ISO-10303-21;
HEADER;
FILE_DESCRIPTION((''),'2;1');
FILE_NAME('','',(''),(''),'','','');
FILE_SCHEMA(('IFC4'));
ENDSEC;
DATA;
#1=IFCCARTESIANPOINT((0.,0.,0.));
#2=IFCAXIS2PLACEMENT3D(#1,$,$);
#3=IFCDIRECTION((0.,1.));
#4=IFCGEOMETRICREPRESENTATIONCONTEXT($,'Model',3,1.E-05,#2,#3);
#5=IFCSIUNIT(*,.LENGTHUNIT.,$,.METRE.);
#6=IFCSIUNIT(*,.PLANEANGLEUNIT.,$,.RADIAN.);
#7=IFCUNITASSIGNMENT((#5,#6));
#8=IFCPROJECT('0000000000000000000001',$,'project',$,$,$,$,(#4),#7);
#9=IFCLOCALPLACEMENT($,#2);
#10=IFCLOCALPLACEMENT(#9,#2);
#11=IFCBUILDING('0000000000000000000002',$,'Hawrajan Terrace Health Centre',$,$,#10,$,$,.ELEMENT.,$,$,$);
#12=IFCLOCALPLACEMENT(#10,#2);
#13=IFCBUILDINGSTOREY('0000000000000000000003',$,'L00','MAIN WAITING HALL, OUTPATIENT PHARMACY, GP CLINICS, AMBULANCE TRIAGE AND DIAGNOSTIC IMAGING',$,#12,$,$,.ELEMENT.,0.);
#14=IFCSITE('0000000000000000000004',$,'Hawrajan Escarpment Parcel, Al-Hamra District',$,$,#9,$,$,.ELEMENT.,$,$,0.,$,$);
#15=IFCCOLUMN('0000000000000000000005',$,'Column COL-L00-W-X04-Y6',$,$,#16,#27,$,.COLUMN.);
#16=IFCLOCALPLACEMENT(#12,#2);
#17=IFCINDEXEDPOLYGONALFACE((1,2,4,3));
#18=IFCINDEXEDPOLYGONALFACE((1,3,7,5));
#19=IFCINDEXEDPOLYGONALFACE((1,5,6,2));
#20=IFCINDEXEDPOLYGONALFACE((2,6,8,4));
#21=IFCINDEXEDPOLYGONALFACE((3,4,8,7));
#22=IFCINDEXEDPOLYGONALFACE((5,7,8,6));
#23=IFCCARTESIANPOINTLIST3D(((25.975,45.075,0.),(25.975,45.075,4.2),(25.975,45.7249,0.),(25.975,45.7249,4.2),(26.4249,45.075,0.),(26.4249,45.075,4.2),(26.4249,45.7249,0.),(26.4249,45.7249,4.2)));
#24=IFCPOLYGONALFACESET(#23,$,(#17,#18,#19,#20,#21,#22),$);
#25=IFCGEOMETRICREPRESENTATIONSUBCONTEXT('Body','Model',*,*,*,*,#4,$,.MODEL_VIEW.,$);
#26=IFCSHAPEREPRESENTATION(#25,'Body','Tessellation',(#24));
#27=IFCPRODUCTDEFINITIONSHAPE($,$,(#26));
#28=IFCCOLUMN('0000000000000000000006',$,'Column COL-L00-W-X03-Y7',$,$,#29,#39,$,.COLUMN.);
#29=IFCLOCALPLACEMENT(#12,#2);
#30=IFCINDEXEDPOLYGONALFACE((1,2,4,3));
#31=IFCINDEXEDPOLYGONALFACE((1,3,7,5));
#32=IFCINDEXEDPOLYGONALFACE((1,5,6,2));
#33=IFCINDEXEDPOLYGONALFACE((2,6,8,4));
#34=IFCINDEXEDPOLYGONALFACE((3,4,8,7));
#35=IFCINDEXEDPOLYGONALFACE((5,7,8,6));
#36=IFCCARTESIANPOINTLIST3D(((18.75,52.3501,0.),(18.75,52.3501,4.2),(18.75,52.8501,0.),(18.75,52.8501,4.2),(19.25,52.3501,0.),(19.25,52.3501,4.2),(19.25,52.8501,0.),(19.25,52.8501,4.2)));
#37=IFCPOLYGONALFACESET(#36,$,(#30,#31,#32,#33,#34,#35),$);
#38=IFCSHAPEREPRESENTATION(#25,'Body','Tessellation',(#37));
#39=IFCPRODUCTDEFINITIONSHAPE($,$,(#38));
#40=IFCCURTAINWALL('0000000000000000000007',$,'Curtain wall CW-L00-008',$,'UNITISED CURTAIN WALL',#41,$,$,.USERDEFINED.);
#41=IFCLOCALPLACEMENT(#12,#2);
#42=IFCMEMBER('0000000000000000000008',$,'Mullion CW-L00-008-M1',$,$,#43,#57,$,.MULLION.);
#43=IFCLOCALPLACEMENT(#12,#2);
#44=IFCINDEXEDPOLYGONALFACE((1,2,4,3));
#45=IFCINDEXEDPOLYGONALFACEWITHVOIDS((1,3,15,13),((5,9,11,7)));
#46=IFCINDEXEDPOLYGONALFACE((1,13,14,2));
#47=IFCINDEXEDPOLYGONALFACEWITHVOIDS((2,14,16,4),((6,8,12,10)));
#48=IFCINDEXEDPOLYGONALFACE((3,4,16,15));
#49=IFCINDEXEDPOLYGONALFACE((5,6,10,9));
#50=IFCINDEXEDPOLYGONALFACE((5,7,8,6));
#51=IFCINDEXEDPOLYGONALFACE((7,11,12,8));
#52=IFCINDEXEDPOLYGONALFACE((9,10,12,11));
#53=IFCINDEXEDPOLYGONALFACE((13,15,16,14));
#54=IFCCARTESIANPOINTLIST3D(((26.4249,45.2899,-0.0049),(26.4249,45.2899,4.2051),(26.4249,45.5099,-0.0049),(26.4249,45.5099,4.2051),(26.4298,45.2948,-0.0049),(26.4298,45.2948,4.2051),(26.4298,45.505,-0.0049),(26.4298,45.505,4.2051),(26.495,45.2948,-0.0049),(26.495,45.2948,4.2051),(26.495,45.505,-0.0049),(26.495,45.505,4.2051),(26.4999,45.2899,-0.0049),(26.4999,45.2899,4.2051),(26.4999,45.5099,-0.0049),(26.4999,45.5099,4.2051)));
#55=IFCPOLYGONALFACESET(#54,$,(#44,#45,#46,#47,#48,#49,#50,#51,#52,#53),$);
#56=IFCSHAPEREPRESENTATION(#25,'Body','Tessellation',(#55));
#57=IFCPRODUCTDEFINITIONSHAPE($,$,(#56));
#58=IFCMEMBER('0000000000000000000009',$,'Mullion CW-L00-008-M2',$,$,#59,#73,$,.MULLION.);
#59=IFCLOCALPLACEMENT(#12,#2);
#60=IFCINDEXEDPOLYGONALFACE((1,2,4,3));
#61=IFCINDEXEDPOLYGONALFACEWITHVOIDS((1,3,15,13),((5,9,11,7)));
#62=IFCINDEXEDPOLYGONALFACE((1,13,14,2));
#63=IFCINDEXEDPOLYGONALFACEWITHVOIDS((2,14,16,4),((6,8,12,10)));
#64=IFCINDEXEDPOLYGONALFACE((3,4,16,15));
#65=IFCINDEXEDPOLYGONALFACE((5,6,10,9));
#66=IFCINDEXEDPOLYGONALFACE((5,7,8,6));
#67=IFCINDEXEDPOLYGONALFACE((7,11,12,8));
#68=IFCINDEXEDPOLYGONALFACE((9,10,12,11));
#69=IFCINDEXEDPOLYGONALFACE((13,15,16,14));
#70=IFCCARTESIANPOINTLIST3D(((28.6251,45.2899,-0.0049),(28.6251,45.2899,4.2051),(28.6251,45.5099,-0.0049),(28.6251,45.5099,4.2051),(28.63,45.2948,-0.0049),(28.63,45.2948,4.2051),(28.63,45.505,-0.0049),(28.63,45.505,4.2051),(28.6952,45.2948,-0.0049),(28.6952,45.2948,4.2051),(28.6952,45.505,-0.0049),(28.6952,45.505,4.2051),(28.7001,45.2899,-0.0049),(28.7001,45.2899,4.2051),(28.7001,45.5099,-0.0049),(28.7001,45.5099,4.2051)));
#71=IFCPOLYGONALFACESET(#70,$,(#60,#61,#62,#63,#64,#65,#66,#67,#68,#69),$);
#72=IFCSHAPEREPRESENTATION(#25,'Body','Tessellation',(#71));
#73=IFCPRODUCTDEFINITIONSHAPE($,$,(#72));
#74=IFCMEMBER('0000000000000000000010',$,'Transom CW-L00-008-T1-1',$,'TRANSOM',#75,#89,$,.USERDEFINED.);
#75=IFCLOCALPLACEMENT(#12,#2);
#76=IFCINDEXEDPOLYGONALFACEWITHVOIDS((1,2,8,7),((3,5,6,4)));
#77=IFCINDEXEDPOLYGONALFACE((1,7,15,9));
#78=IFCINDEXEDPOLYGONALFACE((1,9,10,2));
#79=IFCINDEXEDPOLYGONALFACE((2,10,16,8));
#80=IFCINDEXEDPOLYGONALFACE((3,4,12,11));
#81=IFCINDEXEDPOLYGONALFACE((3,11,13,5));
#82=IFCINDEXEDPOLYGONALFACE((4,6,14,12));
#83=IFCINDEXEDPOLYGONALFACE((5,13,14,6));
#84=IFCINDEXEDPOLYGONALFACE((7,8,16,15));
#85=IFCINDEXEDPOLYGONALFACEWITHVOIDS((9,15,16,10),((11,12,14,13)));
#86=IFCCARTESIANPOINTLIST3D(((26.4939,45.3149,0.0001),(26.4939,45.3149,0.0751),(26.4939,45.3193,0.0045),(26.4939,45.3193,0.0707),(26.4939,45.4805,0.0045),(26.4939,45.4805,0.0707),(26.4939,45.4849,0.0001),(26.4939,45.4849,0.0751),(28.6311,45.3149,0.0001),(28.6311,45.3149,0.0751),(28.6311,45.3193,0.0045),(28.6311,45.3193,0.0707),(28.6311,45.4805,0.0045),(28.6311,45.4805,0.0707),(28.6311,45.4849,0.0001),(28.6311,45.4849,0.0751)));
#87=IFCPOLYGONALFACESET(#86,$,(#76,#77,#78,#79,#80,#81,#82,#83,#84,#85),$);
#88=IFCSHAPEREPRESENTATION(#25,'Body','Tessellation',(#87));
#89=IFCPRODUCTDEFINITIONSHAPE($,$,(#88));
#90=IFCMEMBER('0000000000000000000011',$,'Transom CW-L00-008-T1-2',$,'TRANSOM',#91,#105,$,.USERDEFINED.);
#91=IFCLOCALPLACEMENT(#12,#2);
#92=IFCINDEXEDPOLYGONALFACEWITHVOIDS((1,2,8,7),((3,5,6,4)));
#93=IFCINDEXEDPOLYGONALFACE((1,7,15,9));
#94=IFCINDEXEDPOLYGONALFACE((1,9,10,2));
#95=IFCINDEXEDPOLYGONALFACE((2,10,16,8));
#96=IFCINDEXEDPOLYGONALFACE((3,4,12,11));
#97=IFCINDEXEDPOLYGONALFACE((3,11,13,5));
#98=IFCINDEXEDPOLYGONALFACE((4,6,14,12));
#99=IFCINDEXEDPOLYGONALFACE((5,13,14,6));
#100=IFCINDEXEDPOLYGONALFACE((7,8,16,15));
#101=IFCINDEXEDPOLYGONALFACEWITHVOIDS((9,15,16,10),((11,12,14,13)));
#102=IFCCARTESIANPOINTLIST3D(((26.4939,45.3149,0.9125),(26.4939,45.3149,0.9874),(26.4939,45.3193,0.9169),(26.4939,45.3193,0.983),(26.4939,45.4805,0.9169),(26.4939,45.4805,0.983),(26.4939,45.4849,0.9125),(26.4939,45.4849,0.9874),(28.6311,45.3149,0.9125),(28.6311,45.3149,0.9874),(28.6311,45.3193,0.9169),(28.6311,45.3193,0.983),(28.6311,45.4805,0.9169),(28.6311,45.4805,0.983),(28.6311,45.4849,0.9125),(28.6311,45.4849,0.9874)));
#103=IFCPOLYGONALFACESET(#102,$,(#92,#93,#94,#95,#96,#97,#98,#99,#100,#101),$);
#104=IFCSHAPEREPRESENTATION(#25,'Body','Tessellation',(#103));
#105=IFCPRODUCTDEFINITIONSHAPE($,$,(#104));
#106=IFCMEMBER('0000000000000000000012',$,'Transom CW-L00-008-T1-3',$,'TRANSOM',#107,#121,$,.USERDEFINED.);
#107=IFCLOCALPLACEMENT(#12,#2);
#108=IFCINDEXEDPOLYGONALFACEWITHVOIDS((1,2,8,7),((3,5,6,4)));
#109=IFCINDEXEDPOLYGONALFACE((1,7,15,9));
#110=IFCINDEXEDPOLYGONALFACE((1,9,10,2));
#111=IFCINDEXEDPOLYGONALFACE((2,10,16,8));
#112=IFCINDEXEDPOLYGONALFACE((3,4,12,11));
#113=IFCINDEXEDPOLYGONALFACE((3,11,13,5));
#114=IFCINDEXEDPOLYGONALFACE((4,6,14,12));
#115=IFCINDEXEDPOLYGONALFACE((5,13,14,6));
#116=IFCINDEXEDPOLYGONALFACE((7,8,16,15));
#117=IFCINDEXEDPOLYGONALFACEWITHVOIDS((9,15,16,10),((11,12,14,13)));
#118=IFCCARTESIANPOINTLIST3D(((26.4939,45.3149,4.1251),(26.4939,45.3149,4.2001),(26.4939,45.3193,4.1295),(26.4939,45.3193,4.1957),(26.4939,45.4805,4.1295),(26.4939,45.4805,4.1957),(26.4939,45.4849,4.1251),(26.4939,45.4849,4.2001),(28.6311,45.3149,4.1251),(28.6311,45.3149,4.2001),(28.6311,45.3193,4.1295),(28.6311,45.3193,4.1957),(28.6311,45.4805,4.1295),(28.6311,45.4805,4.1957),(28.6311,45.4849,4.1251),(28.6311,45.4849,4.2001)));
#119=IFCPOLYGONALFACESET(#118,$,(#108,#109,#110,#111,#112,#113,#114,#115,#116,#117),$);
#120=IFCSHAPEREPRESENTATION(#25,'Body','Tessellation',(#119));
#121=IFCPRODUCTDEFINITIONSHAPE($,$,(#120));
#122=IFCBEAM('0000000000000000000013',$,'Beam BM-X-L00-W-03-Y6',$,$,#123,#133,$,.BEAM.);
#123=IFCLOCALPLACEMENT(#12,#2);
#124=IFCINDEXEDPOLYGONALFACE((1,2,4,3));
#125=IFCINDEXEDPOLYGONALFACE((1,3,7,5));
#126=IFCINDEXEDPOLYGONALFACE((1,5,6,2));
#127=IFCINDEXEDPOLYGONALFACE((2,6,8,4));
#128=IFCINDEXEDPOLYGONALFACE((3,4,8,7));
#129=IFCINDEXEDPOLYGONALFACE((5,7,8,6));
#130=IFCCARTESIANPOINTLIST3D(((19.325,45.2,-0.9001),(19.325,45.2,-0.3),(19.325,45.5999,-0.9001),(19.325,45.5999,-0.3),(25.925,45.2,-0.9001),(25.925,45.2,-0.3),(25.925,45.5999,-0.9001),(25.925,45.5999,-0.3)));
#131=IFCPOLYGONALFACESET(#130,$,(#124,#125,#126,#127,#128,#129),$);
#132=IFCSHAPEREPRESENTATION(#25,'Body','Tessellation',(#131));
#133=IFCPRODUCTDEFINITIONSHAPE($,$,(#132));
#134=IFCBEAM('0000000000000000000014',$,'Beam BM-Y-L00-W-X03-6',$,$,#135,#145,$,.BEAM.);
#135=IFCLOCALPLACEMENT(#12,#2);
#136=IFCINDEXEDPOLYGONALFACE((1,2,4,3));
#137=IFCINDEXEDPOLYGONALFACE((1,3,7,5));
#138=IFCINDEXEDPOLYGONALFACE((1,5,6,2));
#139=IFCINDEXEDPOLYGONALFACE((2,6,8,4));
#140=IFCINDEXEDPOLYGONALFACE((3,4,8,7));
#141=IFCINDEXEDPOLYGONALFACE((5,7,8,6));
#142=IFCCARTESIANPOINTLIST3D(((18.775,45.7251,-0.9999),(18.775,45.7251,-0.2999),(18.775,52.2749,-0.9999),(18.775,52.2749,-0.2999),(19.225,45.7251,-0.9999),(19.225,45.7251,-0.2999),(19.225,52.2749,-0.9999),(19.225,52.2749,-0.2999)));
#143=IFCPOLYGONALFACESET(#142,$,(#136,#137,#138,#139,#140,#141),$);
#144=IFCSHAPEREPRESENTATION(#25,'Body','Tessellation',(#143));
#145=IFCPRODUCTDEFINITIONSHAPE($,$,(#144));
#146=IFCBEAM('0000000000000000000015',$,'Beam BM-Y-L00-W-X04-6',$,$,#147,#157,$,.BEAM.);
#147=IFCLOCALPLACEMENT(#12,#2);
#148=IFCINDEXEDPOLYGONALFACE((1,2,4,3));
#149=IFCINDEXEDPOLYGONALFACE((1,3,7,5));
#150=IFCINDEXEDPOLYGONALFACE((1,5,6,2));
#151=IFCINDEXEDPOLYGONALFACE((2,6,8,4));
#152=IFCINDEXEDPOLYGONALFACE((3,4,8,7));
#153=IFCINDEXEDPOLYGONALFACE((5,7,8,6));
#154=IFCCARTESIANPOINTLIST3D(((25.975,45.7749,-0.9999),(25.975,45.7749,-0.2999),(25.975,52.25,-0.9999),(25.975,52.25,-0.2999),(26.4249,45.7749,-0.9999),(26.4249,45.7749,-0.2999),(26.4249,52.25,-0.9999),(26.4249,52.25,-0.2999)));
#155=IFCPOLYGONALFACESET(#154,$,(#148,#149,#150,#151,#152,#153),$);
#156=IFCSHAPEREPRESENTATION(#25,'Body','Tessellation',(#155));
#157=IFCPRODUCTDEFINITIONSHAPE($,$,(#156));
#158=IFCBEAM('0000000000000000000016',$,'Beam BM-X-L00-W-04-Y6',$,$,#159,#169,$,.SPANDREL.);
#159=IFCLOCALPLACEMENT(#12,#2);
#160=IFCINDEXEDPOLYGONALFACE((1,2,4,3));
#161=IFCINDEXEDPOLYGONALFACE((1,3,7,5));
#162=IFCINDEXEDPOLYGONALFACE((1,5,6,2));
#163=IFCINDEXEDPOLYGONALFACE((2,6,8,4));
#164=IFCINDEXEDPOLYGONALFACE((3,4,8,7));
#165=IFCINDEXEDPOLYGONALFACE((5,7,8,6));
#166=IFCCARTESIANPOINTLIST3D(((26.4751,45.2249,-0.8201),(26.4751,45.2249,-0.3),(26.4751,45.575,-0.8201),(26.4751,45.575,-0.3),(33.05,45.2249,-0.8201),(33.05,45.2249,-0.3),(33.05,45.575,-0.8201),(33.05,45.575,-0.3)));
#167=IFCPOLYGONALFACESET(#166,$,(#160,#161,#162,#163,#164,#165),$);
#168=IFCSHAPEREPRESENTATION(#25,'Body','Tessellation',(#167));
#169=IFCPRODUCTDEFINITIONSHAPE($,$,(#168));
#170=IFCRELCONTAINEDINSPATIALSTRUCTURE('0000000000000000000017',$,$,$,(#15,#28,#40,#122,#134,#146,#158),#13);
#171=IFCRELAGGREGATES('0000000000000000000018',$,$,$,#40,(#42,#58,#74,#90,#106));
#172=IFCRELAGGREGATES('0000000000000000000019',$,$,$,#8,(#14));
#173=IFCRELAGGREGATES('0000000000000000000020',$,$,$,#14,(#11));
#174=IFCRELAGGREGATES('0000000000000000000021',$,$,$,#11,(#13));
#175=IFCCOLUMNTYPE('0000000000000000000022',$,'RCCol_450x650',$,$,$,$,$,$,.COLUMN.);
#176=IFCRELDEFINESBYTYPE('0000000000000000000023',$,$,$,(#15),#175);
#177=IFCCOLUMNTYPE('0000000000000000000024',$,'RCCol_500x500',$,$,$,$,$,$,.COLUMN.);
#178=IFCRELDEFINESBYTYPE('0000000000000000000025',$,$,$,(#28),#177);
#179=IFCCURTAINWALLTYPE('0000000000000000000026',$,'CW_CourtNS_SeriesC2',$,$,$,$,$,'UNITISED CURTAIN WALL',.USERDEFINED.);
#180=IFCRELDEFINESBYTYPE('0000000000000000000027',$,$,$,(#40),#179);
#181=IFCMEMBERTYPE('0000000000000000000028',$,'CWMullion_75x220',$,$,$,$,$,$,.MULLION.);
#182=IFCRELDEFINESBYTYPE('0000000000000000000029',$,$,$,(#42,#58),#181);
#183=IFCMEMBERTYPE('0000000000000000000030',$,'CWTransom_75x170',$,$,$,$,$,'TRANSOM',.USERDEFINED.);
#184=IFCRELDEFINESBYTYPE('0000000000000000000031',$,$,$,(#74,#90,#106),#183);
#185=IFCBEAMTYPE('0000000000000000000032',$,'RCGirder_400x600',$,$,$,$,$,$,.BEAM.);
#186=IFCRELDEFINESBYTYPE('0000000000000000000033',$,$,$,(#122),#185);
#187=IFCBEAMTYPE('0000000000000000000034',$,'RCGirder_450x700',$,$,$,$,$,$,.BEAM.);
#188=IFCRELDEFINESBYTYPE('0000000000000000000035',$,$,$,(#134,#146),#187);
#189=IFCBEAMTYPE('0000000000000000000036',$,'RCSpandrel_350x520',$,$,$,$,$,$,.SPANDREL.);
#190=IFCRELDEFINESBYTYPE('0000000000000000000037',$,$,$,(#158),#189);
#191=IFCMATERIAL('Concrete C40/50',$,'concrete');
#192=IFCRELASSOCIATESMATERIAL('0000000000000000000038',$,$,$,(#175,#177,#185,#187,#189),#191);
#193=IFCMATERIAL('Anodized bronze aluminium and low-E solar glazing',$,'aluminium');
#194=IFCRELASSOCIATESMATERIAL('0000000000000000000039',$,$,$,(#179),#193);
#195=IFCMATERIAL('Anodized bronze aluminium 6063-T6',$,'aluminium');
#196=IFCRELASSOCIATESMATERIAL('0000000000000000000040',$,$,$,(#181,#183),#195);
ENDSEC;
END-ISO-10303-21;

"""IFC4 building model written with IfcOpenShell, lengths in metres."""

from ifc_helpers import new_model, si_unit, direction, frame, origin, origin_2d, place, context, subcontext, project, spatial, rectangle, hollow_rectangle, extrude, material, material_profile, profile_set, type_object, element, aggregate, save


model = new_model("IFC4")

# Units and contexts
model_context = context("Model", 3, precision=1e-05, world=origin(), true_north=direction((0.0, 1.0)))
body_context = subcontext(model_context, "Body", "Model", "MODEL_VIEW")
ifc_project = project(units=[si_unit("LENGTHUNIT", "METRE"), si_unit("PLANEANGLEUNIT", "RADIAN")], contexts=[model_context])

# Site, building, storey
site_placement = place(None, origin())
site = spatial("IfcSite", under=ifc_project, at=site_placement, Name="Hawrajan Escarpment Parcel, Al-Hamra District", CompositionType="ELEMENT", RefElevation=0.0)
building_placement = place(site_placement, origin())
building = spatial("IfcBuilding", under=site, at=building_placement, Name="Hawrajan Terrace Health Centre", CompositionType="ELEMENT")
storey_placement = place(building_placement, origin())
storey = spatial("IfcBuildingStorey", under=building, at=storey_placement, Name="L00", Description="MAIN WAITING HALL, OUTPATIENT PHARMACY, GP CLINICS, AMBULANCE TRIAGE AND DIAGNOSTIC IMAGING", CompositionType="ELEMENT", Elevation=0.0)

# Columns
ifc_material_1 = material(Name="Concrete C40/50", Category="concrete")
ifc_material_profile_1 = material_profile(ifc_material_1, rectangle(XDim=0.45, YDim=0.6499, at=origin_2d()), Name="RC 450x650")
ifc_profile_set_1 = profile_set([ifc_material_profile_1], Name="Concrete C40/50")
column_type_1 = type_object("IfcColumnType", Name="RCCol_450x650", PredefinedType="COLUMN", material=ifc_profile_set_1)
column_1_placement = place(storey_placement, frame((26.2, 45.3999, 0.0), z_axis=(0.0, 0.0, 1.0), x_axis=(1.0, 0.0, 0.0)))
element("IfcColumn", 1, at=column_1_placement, inside=storey, type_object=column_type_1, Name="Column COL-L00-W-X04-Y6", PredefinedType="COLUMN", context=body_context, shape_type="SweptSolid", body=[
    extrude(rectangle(XDim=0.45, YDim=0.6499, at=origin_2d()), origin(), (0.0, 0.0, 1.0), 4.2),
])
ifc_material_profile_2 = material_profile(ifc_material_1, rectangle(XDim=0.5, YDim=0.5, at=origin_2d()), Name="RC 500x500")
ifc_profile_set_2 = profile_set([ifc_material_profile_2], Name="Concrete C40/50")
column_type_2 = type_object("IfcColumnType", Name="RCCol_500x500", PredefinedType="COLUMN", material=ifc_profile_set_2)
column_2_placement = place(storey_placement, frame((19.0, 52.6001, 0.0), z_axis=(0.0, 0.0, 1.0), x_axis=(1.0, 0.0, 0.0)))
element("IfcColumn", 2, at=column_2_placement, inside=storey, type_object=column_type_2, Name="Column COL-L00-W-X03-Y7", PredefinedType="COLUMN", context=body_context, shape_type="SweptSolid", body=[
    extrude(rectangle(XDim=0.5, YDim=0.5, at=origin_2d()), origin(), (0.0, 0.0, 1.0), 4.2),
])

# Curtain wall, members
ifc_material_2 = material(Name="Anodized bronze aluminium and low-E solar glazing", Category="aluminium")
curtain_wall_type = type_object("IfcCurtainWallType", Name="CW_CourtNS_SeriesC2", ElementType="UNITISED CURTAIN WALL", PredefinedType="USERDEFINED", material=ifc_material_2)
curtain_wall_placement = place(storey_placement, origin())
curtain_wall = element("IfcCurtainWall", 3, at=curtain_wall_placement, inside=storey, type_object=curtain_wall_type, Name="Curtain wall CW-L00-008", ObjectType="UNITISED CURTAIN WALL", PredefinedType="USERDEFINED")
ifc_material_3 = material(Name="Anodized bronze aluminium 6063-T6", Category="aluminium")
ifc_material_profile_3 = material_profile(ifc_material_3, hollow_rectangle(XDim=0.075, YDim=0.22, WallThickness=0.0049, at=origin_2d()), Name="CW MUL 75x220")
ifc_profile_set_3 = profile_set([ifc_material_profile_3], Name="Anodized bronze aluminium 6063-T6")
member_type_1 = type_object("IfcMemberType", Name="CWMullion_75x220", PredefinedType="MULLION", material=ifc_profile_set_3)
member_1_placement = place(storey_placement, frame((26.4624, 45.3999, -0.0049), z_axis=(0.0, 0.0, 1.0), x_axis=(1.0, 0.0, 0.0)))
member_1 = element("IfcMember", 4, at=member_1_placement, type_object=member_type_1, Name="Mullion CW-L00-008-M1", PredefinedType="MULLION", context=body_context, shape_type="SweptSolid", body=[
    extrude(hollow_rectangle(XDim=0.075, YDim=0.22, WallThickness=0.0049, at=origin_2d()), origin(), (0.0, 0.0, 1.0), 4.21),
])
member_2_placement = place(storey_placement, frame((28.6626, 45.3999, -0.0049), z_axis=(0.0, 0.0, 1.0), x_axis=(1.0, 0.0, 0.0)))
member_2 = element("IfcMember", 5, at=member_2_placement, type_object=member_type_1, Name="Mullion CW-L00-008-M2", PredefinedType="MULLION", context=body_context, shape_type="SweptSolid", body=[
    extrude(hollow_rectangle(XDim=0.075, YDim=0.22, WallThickness=0.0049, at=origin_2d()), origin(), (0.0, 0.0, 1.0), 4.21),
])
ifc_material_profile_4 = material_profile(ifc_material_3, hollow_rectangle(XDim=0.075, YDim=0.1699, WallThickness=0.0044, at=origin_2d()), Name="CW TRN 75x170")
ifc_profile_set_4 = profile_set([ifc_material_profile_4], Name="Anodized bronze aluminium 6063-T6")
member_type_2 = type_object("IfcMemberType", Name="CWTransom_75x170", ElementType="TRANSOM", PredefinedType="USERDEFINED", material=ifc_profile_set_4)
member_3_placement = place(storey_placement, frame((26.4939, 45.3999, 0.0376), z_axis=(1.0, 0.0, 0.0), x_axis=(0.0, 0.0, 1.0)))
member_3 = element("IfcMember", 6, at=member_3_placement, type_object=member_type_2, Name="Transom CW-L00-008-T1-1", ObjectType="TRANSOM", PredefinedType="USERDEFINED", context=body_context, shape_type="SweptSolid", body=[
    extrude(hollow_rectangle(XDim=0.075, YDim=0.1699, WallThickness=0.0044, at=origin_2d()), origin(), (0.0, 0.0, 1.0), 2.1372),
])
member_4_placement = place(storey_placement, frame((26.4939, 45.3999, 0.95), z_axis=(1.0, 0.0, 0.0), x_axis=(0.0, 0.0, 1.0)))
member_4 = element("IfcMember", 7, at=member_4_placement, type_object=member_type_2, Name="Transom CW-L00-008-T1-2", ObjectType="TRANSOM", PredefinedType="USERDEFINED", context=body_context, shape_type="SweptSolid", body=[
    extrude(hollow_rectangle(XDim=0.075, YDim=0.1699, WallThickness=0.0044, at=origin_2d()), origin(), (0.0, 0.0, 1.0), 2.1372),
])
member_5_placement = place(storey_placement, frame((26.4939, 45.3999, 4.1626), z_axis=(1.0, 0.0, 0.0), x_axis=(0.0, 0.0, 1.0)))
member_5 = element("IfcMember", 8, at=member_5_placement, type_object=member_type_2, Name="Transom CW-L00-008-T1-3", ObjectType="TRANSOM", PredefinedType="USERDEFINED", context=body_context, shape_type="SweptSolid", body=[
    extrude(hollow_rectangle(XDim=0.075, YDim=0.1699, WallThickness=0.0044, at=origin_2d()), origin(), (0.0, 0.0, 1.0), 2.1372),
])

# Beams
ifc_material_profile_5 = material_profile(ifc_material_1, rectangle(XDim=0.3999, YDim=0.6001, at=origin_2d()), Name="RC BM 400x600")
ifc_profile_set_5 = profile_set([ifc_material_profile_5], Name="Concrete C40/50")
beam_type_1 = type_object("IfcBeamType", Name="RCGirder_400x600", PredefinedType="BEAM", material=ifc_profile_set_5)
beam_1_placement = place(storey_placement, frame((19.325, 45.3999, -0.6001), z_axis=(1.0, 0.0, 0.0), x_axis=(0.0, 1.0, 0.0)))
element("IfcBeam", 9, at=beam_1_placement, inside=storey, type_object=beam_type_1, Name="Beam BM-X-L00-W-03-Y6", PredefinedType="BEAM", context=body_context, shape_type="SweptSolid", body=[
    extrude(rectangle(XDim=0.3999, YDim=0.6001, at=origin_2d()), origin(), (0.0, 0.0, 1.0), 6.6001),
])
ifc_material_profile_6 = material_profile(ifc_material_1, rectangle(XDim=0.45, YDim=0.7, at=origin_2d()), Name="RC BM 450x700")
ifc_profile_set_6 = profile_set([ifc_material_profile_6], Name="Concrete C40/50")
beam_type_2 = type_object("IfcBeamType", Name="RCGirder_450x700", PredefinedType="BEAM", material=ifc_profile_set_6)
beam_2_placement = place(storey_placement, frame((19.0, 45.7251, -0.6499), z_axis=(0.0, 1.0, 0.0), x_axis=(-1.0, 0.0, 0.0)))
element("IfcBeam", 10, at=beam_2_placement, inside=storey, type_object=beam_type_2, Name="Beam BM-Y-L00-W-X03-6", PredefinedType="BEAM", context=body_context, shape_type="SweptSolid", body=[
    extrude(rectangle(XDim=0.45, YDim=0.7, at=origin_2d()), origin(), (0.0, 0.0, 1.0), 6.5498),
])
beam_3_placement = place(storey_placement, frame((26.2, 45.7749, -0.6499), z_axis=(0.0, 1.0, 0.0), x_axis=(-1.0, 0.0, 0.0)))
element("IfcBeam", 11, at=beam_3_placement, inside=storey, type_object=beam_type_2, Name="Beam BM-Y-L00-W-X04-6", PredefinedType="BEAM", context=body_context, shape_type="SweptSolid", body=[
    extrude(rectangle(XDim=0.45, YDim=0.7, at=origin_2d()), origin(), (0.0, 0.0, 1.0), 6.4751),
])
ifc_material_profile_7 = material_profile(ifc_material_1, rectangle(XDim=0.3501, YDim=0.52, at=origin_2d()), Name="RC SP 350x520")
ifc_profile_set_7 = profile_set([ifc_material_profile_7], Name="Concrete C40/50")
beam_type_3 = type_object("IfcBeamType", Name="RCSpandrel_350x520", PredefinedType="SPANDREL", material=ifc_profile_set_7)
beam_4_placement = place(storey_placement, frame((26.4751, 45.3999, -0.5601), z_axis=(1.0, 0.0, 0.0), x_axis=(0.0, 1.0, 0.0)))
element("IfcBeam", 12, at=beam_4_placement, inside=storey, type_object=beam_type_3, Name="Beam BM-X-L00-W-04-Y6", PredefinedType="SPANDREL", context=body_context, shape_type="SweptSolid", body=[
    extrude(rectangle(XDim=0.3501, YDim=0.52, at=origin_2d()), origin(), (0.0, 0.0, 1.0), 6.575),
])

aggregate(curtain_wall, [member_1, member_2, member_3, member_4, member_5])

save(model, "model.ifc")
